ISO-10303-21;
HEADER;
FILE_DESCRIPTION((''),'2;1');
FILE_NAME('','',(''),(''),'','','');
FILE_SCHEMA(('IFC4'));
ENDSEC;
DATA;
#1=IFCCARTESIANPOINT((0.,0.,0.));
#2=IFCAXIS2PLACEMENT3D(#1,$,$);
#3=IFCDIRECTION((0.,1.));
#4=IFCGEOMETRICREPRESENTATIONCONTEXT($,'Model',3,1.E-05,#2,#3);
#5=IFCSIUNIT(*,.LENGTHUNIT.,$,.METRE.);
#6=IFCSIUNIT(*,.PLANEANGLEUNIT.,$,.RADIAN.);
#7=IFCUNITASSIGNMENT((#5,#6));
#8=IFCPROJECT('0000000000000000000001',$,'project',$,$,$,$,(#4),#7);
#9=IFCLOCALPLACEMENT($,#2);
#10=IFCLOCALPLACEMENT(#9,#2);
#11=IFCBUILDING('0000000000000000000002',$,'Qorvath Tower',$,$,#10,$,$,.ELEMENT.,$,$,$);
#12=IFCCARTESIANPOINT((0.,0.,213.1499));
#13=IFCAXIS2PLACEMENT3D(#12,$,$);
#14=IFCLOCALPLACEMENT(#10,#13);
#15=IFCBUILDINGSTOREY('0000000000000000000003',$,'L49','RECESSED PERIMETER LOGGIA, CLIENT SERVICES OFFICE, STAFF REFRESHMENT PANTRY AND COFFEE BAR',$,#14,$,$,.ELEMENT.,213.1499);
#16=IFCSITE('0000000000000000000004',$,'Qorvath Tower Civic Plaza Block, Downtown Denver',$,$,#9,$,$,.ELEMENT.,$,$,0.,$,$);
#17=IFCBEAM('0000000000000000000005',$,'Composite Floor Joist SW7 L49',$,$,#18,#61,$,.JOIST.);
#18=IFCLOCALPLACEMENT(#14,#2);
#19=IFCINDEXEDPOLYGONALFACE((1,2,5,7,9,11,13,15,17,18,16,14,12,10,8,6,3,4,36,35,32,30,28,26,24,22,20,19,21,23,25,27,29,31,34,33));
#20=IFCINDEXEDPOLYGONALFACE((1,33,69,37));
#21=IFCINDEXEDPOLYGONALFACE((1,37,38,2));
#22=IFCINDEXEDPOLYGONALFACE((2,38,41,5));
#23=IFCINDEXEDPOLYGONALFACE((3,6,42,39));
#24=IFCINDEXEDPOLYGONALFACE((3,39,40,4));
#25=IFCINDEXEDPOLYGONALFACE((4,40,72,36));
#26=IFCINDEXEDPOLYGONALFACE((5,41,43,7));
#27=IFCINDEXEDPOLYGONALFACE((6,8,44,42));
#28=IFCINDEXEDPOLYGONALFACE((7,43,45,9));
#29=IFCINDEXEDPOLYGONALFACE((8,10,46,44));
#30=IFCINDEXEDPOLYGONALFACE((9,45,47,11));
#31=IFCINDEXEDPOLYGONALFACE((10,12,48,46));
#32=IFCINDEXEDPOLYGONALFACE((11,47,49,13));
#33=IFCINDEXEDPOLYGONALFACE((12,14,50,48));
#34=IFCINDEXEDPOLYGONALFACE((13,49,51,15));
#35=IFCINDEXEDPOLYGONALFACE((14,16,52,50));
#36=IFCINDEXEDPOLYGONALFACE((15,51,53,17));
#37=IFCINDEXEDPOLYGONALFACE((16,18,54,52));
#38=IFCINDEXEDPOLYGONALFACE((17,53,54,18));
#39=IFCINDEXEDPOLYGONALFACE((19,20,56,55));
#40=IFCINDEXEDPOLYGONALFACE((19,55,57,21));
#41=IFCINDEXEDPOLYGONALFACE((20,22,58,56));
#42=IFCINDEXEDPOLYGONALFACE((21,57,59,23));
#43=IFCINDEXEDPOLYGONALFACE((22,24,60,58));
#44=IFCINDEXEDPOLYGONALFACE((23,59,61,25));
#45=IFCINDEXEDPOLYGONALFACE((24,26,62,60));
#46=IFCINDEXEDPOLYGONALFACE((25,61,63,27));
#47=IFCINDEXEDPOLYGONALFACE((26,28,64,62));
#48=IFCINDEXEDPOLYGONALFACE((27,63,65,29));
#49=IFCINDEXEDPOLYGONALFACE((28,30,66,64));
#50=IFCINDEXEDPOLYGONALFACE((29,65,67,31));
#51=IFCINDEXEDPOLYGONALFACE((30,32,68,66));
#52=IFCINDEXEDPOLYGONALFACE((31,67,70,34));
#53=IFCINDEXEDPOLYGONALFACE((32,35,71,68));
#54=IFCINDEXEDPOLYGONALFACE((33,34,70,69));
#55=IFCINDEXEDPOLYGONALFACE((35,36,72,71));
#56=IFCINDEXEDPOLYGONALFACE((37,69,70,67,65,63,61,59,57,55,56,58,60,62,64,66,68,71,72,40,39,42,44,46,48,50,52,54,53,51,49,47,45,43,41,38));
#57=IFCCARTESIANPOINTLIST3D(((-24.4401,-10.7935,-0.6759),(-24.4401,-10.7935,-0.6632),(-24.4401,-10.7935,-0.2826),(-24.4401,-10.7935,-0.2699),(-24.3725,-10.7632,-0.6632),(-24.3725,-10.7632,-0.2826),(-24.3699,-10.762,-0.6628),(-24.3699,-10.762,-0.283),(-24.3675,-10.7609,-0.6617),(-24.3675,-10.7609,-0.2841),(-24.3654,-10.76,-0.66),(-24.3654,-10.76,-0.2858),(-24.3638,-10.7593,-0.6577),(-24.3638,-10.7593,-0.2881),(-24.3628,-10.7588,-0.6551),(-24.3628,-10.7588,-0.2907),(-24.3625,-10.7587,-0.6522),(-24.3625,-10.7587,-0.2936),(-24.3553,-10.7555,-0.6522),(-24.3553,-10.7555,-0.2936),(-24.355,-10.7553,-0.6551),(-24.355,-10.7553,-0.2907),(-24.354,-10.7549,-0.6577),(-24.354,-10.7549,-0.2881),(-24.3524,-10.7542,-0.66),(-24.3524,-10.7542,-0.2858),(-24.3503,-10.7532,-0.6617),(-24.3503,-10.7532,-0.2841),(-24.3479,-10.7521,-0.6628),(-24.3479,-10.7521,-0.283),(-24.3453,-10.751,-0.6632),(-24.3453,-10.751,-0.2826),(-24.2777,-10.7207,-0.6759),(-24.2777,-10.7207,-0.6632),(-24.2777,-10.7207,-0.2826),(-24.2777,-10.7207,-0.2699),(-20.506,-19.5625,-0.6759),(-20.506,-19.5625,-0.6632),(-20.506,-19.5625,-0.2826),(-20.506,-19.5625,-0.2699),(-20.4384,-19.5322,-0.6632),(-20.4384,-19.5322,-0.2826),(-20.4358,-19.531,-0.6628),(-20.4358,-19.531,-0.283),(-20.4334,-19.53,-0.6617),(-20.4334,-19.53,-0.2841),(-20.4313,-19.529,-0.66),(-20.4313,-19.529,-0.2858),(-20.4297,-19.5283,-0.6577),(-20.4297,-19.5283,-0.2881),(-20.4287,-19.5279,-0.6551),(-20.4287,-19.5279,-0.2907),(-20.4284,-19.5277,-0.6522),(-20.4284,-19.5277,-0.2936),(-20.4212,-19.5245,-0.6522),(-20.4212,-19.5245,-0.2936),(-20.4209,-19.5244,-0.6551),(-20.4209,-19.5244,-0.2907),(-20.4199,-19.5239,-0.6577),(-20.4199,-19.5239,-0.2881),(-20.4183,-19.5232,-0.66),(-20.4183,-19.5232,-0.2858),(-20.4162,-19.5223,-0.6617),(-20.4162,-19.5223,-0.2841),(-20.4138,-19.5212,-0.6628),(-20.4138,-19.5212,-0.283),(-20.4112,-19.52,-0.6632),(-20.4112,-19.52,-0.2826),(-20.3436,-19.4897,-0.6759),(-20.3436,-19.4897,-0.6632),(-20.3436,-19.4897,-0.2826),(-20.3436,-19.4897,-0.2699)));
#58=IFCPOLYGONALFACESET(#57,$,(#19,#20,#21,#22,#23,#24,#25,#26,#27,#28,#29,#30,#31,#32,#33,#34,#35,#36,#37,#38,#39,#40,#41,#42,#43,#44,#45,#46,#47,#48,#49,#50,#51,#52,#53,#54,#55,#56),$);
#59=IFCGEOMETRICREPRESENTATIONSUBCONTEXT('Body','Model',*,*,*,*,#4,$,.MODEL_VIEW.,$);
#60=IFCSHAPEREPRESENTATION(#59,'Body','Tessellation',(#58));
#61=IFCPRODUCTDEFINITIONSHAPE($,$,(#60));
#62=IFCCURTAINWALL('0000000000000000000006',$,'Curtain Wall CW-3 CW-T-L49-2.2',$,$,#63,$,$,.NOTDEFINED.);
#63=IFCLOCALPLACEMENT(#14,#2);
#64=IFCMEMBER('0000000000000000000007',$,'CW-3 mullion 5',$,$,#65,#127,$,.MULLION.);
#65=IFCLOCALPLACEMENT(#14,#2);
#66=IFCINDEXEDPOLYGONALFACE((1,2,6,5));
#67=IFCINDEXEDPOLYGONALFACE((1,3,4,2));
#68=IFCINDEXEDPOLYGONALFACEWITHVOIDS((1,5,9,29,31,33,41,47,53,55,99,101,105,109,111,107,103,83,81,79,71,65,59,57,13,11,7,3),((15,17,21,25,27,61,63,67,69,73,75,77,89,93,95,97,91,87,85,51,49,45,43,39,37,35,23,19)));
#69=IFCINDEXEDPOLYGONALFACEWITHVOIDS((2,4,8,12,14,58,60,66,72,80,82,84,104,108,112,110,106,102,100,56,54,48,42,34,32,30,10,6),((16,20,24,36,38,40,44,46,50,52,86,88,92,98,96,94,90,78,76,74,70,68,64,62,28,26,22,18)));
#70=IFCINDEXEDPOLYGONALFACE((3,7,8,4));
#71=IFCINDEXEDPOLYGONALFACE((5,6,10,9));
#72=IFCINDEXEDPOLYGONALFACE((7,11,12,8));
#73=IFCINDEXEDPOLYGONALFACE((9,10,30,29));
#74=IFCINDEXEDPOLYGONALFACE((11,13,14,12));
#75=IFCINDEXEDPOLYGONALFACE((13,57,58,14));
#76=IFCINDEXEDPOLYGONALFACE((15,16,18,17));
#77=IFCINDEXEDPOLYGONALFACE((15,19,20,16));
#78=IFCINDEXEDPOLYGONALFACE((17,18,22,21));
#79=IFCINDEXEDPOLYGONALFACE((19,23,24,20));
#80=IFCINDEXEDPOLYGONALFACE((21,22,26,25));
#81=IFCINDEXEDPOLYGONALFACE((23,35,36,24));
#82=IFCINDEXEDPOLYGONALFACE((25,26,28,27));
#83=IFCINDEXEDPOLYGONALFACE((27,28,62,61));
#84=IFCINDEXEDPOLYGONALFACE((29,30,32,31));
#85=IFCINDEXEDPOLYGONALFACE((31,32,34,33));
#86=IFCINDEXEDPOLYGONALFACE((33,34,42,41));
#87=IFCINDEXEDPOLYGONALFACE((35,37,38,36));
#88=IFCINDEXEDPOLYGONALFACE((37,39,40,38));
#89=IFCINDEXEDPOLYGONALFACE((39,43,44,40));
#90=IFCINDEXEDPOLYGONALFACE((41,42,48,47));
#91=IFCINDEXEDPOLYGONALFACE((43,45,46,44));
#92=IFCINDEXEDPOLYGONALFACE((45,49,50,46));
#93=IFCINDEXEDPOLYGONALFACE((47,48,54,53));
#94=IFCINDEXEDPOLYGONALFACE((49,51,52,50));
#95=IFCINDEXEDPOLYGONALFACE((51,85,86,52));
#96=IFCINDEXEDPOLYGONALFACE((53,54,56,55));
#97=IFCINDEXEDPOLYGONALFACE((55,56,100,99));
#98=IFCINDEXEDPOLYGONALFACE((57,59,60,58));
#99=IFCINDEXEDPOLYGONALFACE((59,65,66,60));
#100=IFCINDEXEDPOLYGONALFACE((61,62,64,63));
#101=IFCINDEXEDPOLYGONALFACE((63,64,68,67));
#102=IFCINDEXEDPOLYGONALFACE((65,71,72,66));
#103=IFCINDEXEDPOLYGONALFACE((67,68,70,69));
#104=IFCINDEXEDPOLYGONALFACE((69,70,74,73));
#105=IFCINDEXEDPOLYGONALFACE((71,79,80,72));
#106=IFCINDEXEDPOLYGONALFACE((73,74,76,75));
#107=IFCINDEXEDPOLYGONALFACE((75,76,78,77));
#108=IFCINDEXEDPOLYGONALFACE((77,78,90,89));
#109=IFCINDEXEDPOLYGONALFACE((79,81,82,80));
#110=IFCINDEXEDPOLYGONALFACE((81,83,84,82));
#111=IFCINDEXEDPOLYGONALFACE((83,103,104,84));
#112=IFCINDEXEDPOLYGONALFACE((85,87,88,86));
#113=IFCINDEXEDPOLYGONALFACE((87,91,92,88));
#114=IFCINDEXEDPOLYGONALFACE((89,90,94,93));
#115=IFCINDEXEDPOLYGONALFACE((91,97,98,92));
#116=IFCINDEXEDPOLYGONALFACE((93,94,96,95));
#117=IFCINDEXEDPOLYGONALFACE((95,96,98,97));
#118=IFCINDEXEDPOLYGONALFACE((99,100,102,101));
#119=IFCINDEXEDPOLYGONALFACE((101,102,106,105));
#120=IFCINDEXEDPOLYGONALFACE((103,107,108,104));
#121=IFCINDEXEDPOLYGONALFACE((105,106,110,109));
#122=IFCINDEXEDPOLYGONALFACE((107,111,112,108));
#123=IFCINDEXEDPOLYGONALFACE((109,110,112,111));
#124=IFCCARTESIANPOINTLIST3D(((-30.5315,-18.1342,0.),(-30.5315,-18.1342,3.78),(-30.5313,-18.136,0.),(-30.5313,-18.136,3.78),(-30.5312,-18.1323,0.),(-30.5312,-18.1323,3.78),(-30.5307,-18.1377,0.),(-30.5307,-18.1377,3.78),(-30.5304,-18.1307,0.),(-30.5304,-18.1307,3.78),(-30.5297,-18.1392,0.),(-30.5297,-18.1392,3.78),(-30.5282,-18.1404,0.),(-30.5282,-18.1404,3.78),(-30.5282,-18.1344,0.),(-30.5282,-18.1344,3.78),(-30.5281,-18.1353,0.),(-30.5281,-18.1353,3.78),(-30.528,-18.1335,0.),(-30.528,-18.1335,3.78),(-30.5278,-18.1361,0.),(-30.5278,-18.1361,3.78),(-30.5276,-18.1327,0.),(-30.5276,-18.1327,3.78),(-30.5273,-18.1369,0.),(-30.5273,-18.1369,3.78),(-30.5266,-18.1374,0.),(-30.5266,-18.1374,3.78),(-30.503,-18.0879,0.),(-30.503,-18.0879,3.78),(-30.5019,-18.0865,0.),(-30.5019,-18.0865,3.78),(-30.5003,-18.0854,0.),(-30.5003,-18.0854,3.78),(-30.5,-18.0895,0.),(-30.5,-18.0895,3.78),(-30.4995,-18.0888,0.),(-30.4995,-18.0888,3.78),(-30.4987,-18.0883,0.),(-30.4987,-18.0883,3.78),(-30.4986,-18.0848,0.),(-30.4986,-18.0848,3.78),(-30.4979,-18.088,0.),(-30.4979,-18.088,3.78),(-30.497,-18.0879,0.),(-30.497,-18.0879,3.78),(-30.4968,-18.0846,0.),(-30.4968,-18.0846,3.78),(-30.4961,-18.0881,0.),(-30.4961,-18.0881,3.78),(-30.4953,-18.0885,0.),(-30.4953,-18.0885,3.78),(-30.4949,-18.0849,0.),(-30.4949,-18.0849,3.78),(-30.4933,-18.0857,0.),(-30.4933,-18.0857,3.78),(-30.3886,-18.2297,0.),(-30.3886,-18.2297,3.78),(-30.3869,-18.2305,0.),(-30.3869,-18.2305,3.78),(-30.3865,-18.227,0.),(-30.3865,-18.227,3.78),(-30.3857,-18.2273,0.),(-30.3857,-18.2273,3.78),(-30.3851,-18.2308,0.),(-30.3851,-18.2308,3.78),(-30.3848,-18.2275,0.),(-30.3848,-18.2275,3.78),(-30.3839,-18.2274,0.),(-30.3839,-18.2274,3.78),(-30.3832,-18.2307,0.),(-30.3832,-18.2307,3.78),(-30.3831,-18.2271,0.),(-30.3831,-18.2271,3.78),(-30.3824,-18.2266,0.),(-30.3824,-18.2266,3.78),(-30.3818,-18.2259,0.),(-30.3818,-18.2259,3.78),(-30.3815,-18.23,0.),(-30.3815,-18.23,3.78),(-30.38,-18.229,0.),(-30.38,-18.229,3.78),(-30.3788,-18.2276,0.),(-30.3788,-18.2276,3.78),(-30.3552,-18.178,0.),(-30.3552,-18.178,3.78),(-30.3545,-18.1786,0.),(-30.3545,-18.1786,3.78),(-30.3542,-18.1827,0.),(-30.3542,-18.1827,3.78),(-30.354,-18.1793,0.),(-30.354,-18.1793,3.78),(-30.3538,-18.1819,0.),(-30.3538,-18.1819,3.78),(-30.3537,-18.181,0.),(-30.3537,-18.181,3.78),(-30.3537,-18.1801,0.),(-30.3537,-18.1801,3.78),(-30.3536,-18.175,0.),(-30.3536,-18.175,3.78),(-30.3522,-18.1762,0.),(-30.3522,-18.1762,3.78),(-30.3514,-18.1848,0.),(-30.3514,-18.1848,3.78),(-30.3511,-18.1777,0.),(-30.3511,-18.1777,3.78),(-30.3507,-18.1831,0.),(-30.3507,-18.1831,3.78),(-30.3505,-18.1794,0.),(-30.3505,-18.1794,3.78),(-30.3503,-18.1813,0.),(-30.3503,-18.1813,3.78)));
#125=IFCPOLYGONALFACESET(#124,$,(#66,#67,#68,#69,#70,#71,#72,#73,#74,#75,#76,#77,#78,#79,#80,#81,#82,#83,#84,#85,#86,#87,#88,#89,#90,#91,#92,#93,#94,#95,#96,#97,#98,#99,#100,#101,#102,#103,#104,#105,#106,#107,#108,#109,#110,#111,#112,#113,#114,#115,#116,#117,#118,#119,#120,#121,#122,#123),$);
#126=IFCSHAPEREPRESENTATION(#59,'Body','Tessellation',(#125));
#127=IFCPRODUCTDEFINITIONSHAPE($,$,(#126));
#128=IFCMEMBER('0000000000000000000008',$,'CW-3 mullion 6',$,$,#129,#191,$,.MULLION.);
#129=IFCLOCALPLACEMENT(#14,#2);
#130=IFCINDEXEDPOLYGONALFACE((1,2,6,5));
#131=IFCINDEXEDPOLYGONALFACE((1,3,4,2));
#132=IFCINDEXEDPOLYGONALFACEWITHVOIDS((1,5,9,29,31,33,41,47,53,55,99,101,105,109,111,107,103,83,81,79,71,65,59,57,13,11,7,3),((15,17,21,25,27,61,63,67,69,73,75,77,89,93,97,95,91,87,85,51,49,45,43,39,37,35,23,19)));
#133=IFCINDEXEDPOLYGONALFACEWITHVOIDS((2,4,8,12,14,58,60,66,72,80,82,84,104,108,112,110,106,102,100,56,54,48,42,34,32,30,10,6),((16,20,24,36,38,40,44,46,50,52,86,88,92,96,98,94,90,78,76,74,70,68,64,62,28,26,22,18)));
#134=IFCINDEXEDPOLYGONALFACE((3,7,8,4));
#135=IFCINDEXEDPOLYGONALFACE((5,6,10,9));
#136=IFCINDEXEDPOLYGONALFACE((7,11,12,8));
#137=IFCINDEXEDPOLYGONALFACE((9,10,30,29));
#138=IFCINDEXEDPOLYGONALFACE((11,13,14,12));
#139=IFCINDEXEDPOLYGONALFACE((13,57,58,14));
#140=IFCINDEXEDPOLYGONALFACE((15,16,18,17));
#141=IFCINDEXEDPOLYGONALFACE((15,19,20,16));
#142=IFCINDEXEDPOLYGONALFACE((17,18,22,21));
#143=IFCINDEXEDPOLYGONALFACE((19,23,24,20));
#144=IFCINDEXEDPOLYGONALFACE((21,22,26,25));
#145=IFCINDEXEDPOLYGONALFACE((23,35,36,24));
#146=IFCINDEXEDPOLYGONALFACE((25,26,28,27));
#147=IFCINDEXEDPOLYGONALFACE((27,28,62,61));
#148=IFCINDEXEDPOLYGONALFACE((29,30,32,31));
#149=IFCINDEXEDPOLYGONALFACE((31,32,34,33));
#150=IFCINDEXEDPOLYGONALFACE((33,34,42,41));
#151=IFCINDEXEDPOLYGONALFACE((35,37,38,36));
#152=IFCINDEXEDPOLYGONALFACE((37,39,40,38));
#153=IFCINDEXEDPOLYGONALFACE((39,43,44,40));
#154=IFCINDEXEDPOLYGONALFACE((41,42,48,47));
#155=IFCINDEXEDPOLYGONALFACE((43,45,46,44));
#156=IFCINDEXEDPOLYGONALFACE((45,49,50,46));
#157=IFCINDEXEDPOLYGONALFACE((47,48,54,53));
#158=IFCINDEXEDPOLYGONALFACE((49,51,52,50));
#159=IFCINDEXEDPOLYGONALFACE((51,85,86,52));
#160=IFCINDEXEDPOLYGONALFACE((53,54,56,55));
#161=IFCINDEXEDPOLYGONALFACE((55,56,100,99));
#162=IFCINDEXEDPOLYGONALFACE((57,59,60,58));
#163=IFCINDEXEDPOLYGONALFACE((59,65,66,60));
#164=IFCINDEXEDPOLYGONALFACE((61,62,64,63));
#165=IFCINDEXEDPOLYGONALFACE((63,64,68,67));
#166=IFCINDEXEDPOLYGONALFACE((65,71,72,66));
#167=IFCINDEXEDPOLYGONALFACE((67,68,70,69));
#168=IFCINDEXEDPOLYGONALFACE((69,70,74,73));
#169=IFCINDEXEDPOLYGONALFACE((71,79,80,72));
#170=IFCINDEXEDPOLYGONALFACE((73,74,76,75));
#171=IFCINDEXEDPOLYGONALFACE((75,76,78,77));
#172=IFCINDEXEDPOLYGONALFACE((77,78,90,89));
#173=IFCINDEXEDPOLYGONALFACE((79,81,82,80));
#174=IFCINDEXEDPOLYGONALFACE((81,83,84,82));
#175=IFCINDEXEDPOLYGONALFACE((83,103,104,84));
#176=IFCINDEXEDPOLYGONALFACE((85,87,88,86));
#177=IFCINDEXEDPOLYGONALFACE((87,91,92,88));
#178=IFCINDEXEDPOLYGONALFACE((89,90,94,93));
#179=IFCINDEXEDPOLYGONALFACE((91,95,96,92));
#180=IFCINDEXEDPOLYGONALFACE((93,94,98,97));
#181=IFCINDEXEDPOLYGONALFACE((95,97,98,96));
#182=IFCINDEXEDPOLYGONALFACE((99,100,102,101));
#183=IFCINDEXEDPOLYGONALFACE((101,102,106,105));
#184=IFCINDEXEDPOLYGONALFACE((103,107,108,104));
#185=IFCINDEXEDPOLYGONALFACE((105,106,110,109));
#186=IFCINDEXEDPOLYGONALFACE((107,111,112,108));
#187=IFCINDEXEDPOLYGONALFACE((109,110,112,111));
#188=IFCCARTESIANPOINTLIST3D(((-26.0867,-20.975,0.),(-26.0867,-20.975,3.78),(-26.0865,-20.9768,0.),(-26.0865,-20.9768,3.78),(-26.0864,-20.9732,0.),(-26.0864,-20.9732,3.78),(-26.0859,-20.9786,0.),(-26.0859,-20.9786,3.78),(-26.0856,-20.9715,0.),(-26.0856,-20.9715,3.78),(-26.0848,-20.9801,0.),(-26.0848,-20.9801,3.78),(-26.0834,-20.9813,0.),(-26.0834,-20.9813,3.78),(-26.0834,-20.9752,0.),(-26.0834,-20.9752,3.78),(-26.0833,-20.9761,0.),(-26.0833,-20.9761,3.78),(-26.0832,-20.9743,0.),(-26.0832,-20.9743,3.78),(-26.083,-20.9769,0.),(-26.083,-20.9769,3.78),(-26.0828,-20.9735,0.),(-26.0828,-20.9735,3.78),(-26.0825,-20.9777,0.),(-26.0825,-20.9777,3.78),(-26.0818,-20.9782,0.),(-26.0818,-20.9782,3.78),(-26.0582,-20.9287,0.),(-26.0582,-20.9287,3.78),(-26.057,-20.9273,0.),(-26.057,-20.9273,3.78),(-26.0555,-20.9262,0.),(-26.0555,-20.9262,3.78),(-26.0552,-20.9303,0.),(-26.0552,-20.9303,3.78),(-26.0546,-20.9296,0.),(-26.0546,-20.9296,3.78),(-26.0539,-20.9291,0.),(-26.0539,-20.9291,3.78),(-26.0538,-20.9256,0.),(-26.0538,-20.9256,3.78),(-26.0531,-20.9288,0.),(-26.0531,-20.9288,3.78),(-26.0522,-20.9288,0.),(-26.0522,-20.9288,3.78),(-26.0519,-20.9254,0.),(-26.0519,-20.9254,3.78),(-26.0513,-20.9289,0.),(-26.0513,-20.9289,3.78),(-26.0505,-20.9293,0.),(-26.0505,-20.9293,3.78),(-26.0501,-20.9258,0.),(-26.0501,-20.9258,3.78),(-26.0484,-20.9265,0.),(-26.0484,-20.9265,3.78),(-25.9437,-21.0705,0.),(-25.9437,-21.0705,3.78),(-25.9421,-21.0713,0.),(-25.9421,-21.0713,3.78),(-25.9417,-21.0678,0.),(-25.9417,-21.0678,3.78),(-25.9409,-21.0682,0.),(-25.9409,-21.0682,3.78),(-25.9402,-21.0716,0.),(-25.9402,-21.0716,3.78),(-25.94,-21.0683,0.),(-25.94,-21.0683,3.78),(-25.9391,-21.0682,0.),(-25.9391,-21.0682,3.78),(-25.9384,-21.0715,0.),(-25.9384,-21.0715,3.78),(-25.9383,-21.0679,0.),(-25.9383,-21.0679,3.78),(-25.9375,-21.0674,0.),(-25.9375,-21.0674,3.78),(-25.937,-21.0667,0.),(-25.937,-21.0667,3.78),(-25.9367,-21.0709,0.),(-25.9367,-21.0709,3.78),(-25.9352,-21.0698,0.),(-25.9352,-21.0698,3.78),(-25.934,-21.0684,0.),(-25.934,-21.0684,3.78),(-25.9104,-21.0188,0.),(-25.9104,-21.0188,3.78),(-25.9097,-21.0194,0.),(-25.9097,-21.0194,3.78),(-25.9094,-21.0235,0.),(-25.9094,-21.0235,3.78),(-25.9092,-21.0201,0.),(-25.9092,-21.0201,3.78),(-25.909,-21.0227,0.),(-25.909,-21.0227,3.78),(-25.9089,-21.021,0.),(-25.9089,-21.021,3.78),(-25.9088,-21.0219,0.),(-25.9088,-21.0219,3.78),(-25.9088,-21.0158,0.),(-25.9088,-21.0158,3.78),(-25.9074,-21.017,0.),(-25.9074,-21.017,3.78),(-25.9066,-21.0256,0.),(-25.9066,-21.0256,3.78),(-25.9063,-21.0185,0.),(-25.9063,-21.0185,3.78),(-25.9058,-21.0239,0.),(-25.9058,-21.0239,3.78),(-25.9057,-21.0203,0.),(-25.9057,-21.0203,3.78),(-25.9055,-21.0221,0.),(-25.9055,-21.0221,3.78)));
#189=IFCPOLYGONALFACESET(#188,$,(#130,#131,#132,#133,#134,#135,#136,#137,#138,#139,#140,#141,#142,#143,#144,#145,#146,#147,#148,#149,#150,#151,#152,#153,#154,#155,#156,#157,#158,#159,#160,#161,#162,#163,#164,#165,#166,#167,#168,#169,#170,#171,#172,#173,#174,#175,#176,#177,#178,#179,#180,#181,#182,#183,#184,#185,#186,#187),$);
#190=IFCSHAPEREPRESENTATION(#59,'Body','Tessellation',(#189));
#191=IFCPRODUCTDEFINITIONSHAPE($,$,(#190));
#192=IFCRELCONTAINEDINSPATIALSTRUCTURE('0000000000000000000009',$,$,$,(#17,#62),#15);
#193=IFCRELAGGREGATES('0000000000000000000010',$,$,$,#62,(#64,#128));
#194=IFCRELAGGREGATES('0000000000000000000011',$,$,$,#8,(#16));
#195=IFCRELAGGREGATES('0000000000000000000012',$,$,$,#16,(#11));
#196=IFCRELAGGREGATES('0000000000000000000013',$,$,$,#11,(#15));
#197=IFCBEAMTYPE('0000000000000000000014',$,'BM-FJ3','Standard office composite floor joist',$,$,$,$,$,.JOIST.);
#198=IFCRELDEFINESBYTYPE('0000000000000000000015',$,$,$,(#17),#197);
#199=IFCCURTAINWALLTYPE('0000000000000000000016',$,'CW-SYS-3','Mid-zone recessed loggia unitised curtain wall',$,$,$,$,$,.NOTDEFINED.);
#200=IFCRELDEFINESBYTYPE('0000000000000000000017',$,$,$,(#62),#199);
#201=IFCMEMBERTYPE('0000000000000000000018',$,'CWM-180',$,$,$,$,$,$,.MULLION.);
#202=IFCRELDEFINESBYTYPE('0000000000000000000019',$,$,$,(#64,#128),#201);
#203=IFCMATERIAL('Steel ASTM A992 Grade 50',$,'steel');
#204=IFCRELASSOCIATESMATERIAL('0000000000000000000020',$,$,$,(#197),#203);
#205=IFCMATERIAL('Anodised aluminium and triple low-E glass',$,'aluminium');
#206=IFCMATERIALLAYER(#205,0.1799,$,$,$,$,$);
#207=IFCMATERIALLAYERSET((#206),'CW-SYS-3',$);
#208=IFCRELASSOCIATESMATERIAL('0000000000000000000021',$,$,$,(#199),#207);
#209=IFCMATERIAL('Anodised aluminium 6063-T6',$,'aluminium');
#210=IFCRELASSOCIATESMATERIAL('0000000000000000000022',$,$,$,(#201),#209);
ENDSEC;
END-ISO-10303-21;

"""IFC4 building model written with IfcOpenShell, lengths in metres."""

from ifc_helpers import new_model, si_unit, direction, frame, origin, origin_2d, place, context, subcontext, project, spatial, hollow_rectangle, i_section, extrude, material, layer, layer_set, material_profile, profile_set, type_object, element, aggregate, save


model = new_model("IFC4")

# Units and contexts
model_context = context("Model", 3, precision=1e-05, world=origin(), true_north=direction((0.0, 1.0)))
body_context = subcontext(model_context, "Body", "Model", "MODEL_VIEW")
ifc_project = project(units=[si_unit("LENGTHUNIT", "METRE"), si_unit("PLANEANGLEUNIT", "RADIAN")], contexts=[model_context])

# Site, building, storey
site_placement = place(None, origin())
site = spatial("IfcSite", under=ifc_project, at=site_placement, Name="Qorvath Tower Civic Plaza Block, Downtown Denver", CompositionType="ELEMENT", RefElevation=0.0)
building_placement = place(site_placement, origin())
building = spatial("IfcBuilding", under=site, at=building_placement, Name="Qorvath Tower", CompositionType="ELEMENT")
storey_placement = place(building_placement, frame((0.0, 0.0, 213.1499)))
storey = spatial("IfcBuildingStorey", under=building, at=storey_placement, Name="L49", Description="RECESSED PERIMETER LOGGIA, CLIENT SERVICES OFFICE, STAFF REFRESHMENT PANTRY AND COFFEE BAR", CompositionType="ELEMENT", Elevation=213.1499)

# Beam
ifc_material_1 = material(Name="Steel ASTM A992 Grade 50", Category="steel")
ifc_material_profile_1 = material_profile(ifc_material_1, i_section(OverallWidth=0.178, OverallDepth=0.406, WebThickness=0.0078, FlangeThickness=0.0127, FilletRadius=0.011, at=origin_2d()), Name="W16x40")
ifc_profile_set_1 = profile_set([ifc_material_profile_1], Name="Steel ASTM A992 Grade 50")
beam_type_1 = type_object("IfcBeamType", Name="BM-FJ3", Description="Standard office composite floor joist", PredefinedType="JOIST", material=ifc_profile_set_1)
beam_1_placement = place(storey_placement, frame((-24.3589, -10.7571, -0.4729), z_axis=(0.409327, -0.912388, 0.0), x_axis=(0.912388, 0.409327, 0.0)))
element("IfcBeam", 1, at=beam_1_placement, inside=storey, type_object=beam_type_1, Name="Composite Floor Joist SW7 L49", PredefinedType="JOIST", context=body_context, shape_type="SweptSolid", body=[
    extrude(i_section(OverallWidth=0.178, OverallDepth=0.406, WebThickness=0.0078, FlangeThickness=0.0127, FilletRadius=0.011, at=origin_2d()), origin(), (0.0, 0.0, 1.0), 9.6111),
])

# Curtain wall, members
ifc_material_2 = material(Name="Anodised aluminium and triple low-E glass", Category="aluminium")
ifc_layer_1 = layer(ifc_material_2, 0.1799)
ifc_layer_set_1 = layer_set([ifc_layer_1], Name="CW-SYS-3")
curtain_wall_type = type_object("IfcCurtainWallType", Name="CW-SYS-3", Description="Mid-zone recessed loggia unitised curtain wall", PredefinedType="NOTDEFINED", material=ifc_layer_set_1)
curtain_wall_placement = place(storey_placement, origin())
curtain_wall = element("IfcCurtainWall", 2, at=curtain_wall_placement, inside=storey, type_object=curtain_wall_type, Name="Curtain Wall CW-3 CW-T-L49-2.2", PredefinedType="NOTDEFINED")
ifc_material_3 = material(Name="Anodised aluminium 6063-T6", Category="aluminium")
ifc_material_profile_2 = material_profile(ifc_material_3, hollow_rectangle(XDim=0.0649, YDim=0.1799, WallThickness=0.0034, InnerFilletRadius=0.0034, OuterFilletRadius=0.0071, at=origin_2d()), Name="CWM 180x65")
ifc_profile_set_2 = profile_set([ifc_material_profile_2], Name="Anodised aluminium 6063-T6")
member_type_1 = type_object("IfcMemberType", Name="CWM-180", PredefinedType="MULLION", material=ifc_profile_set_2)
member_1_placement = place(storey_placement, frame((-30.4409, -18.1577, 0.0), z_axis=(0.0, 0.0, 1.0), x_axis=(0.538533, 0.842605, 0.0)))
member_1 = element("IfcMember", 3, at=member_1_placement, type_object=member_type_1, Name="CW-3 mullion 5", PredefinedType="MULLION", context=body_context, shape_type="SweptSolid", body=[
    extrude(hollow_rectangle(XDim=0.0649, YDim=0.1799, WallThickness=0.0034, InnerFilletRadius=0.0034, OuterFilletRadius=0.0071, at=origin_2d()), origin(), (0.0, 0.0, 1.0), 3.78),
])
member_2_placement = place(storey_placement, frame((-25.9961, -20.9985, 0.0), z_axis=(0.0, 0.0, 1.0), x_axis=(0.538533, 0.842605, 0.0)))
member_2 = element("IfcMember", 4, at=member_2_placement, type_object=member_type_1, Name="CW-3 mullion 6", PredefinedType="MULLION", context=body_context, shape_type="SweptSolid", body=[
    extrude(hollow_rectangle(XDim=0.0649, YDim=0.1799, WallThickness=0.0034, InnerFilletRadius=0.0034, OuterFilletRadius=0.0071, at=origin_2d()), origin(), (0.0, 0.0, 1.0), 3.78),
])
aggregate(curtain_wall, [member_1, member_2])

save(model, "model.ifc")
